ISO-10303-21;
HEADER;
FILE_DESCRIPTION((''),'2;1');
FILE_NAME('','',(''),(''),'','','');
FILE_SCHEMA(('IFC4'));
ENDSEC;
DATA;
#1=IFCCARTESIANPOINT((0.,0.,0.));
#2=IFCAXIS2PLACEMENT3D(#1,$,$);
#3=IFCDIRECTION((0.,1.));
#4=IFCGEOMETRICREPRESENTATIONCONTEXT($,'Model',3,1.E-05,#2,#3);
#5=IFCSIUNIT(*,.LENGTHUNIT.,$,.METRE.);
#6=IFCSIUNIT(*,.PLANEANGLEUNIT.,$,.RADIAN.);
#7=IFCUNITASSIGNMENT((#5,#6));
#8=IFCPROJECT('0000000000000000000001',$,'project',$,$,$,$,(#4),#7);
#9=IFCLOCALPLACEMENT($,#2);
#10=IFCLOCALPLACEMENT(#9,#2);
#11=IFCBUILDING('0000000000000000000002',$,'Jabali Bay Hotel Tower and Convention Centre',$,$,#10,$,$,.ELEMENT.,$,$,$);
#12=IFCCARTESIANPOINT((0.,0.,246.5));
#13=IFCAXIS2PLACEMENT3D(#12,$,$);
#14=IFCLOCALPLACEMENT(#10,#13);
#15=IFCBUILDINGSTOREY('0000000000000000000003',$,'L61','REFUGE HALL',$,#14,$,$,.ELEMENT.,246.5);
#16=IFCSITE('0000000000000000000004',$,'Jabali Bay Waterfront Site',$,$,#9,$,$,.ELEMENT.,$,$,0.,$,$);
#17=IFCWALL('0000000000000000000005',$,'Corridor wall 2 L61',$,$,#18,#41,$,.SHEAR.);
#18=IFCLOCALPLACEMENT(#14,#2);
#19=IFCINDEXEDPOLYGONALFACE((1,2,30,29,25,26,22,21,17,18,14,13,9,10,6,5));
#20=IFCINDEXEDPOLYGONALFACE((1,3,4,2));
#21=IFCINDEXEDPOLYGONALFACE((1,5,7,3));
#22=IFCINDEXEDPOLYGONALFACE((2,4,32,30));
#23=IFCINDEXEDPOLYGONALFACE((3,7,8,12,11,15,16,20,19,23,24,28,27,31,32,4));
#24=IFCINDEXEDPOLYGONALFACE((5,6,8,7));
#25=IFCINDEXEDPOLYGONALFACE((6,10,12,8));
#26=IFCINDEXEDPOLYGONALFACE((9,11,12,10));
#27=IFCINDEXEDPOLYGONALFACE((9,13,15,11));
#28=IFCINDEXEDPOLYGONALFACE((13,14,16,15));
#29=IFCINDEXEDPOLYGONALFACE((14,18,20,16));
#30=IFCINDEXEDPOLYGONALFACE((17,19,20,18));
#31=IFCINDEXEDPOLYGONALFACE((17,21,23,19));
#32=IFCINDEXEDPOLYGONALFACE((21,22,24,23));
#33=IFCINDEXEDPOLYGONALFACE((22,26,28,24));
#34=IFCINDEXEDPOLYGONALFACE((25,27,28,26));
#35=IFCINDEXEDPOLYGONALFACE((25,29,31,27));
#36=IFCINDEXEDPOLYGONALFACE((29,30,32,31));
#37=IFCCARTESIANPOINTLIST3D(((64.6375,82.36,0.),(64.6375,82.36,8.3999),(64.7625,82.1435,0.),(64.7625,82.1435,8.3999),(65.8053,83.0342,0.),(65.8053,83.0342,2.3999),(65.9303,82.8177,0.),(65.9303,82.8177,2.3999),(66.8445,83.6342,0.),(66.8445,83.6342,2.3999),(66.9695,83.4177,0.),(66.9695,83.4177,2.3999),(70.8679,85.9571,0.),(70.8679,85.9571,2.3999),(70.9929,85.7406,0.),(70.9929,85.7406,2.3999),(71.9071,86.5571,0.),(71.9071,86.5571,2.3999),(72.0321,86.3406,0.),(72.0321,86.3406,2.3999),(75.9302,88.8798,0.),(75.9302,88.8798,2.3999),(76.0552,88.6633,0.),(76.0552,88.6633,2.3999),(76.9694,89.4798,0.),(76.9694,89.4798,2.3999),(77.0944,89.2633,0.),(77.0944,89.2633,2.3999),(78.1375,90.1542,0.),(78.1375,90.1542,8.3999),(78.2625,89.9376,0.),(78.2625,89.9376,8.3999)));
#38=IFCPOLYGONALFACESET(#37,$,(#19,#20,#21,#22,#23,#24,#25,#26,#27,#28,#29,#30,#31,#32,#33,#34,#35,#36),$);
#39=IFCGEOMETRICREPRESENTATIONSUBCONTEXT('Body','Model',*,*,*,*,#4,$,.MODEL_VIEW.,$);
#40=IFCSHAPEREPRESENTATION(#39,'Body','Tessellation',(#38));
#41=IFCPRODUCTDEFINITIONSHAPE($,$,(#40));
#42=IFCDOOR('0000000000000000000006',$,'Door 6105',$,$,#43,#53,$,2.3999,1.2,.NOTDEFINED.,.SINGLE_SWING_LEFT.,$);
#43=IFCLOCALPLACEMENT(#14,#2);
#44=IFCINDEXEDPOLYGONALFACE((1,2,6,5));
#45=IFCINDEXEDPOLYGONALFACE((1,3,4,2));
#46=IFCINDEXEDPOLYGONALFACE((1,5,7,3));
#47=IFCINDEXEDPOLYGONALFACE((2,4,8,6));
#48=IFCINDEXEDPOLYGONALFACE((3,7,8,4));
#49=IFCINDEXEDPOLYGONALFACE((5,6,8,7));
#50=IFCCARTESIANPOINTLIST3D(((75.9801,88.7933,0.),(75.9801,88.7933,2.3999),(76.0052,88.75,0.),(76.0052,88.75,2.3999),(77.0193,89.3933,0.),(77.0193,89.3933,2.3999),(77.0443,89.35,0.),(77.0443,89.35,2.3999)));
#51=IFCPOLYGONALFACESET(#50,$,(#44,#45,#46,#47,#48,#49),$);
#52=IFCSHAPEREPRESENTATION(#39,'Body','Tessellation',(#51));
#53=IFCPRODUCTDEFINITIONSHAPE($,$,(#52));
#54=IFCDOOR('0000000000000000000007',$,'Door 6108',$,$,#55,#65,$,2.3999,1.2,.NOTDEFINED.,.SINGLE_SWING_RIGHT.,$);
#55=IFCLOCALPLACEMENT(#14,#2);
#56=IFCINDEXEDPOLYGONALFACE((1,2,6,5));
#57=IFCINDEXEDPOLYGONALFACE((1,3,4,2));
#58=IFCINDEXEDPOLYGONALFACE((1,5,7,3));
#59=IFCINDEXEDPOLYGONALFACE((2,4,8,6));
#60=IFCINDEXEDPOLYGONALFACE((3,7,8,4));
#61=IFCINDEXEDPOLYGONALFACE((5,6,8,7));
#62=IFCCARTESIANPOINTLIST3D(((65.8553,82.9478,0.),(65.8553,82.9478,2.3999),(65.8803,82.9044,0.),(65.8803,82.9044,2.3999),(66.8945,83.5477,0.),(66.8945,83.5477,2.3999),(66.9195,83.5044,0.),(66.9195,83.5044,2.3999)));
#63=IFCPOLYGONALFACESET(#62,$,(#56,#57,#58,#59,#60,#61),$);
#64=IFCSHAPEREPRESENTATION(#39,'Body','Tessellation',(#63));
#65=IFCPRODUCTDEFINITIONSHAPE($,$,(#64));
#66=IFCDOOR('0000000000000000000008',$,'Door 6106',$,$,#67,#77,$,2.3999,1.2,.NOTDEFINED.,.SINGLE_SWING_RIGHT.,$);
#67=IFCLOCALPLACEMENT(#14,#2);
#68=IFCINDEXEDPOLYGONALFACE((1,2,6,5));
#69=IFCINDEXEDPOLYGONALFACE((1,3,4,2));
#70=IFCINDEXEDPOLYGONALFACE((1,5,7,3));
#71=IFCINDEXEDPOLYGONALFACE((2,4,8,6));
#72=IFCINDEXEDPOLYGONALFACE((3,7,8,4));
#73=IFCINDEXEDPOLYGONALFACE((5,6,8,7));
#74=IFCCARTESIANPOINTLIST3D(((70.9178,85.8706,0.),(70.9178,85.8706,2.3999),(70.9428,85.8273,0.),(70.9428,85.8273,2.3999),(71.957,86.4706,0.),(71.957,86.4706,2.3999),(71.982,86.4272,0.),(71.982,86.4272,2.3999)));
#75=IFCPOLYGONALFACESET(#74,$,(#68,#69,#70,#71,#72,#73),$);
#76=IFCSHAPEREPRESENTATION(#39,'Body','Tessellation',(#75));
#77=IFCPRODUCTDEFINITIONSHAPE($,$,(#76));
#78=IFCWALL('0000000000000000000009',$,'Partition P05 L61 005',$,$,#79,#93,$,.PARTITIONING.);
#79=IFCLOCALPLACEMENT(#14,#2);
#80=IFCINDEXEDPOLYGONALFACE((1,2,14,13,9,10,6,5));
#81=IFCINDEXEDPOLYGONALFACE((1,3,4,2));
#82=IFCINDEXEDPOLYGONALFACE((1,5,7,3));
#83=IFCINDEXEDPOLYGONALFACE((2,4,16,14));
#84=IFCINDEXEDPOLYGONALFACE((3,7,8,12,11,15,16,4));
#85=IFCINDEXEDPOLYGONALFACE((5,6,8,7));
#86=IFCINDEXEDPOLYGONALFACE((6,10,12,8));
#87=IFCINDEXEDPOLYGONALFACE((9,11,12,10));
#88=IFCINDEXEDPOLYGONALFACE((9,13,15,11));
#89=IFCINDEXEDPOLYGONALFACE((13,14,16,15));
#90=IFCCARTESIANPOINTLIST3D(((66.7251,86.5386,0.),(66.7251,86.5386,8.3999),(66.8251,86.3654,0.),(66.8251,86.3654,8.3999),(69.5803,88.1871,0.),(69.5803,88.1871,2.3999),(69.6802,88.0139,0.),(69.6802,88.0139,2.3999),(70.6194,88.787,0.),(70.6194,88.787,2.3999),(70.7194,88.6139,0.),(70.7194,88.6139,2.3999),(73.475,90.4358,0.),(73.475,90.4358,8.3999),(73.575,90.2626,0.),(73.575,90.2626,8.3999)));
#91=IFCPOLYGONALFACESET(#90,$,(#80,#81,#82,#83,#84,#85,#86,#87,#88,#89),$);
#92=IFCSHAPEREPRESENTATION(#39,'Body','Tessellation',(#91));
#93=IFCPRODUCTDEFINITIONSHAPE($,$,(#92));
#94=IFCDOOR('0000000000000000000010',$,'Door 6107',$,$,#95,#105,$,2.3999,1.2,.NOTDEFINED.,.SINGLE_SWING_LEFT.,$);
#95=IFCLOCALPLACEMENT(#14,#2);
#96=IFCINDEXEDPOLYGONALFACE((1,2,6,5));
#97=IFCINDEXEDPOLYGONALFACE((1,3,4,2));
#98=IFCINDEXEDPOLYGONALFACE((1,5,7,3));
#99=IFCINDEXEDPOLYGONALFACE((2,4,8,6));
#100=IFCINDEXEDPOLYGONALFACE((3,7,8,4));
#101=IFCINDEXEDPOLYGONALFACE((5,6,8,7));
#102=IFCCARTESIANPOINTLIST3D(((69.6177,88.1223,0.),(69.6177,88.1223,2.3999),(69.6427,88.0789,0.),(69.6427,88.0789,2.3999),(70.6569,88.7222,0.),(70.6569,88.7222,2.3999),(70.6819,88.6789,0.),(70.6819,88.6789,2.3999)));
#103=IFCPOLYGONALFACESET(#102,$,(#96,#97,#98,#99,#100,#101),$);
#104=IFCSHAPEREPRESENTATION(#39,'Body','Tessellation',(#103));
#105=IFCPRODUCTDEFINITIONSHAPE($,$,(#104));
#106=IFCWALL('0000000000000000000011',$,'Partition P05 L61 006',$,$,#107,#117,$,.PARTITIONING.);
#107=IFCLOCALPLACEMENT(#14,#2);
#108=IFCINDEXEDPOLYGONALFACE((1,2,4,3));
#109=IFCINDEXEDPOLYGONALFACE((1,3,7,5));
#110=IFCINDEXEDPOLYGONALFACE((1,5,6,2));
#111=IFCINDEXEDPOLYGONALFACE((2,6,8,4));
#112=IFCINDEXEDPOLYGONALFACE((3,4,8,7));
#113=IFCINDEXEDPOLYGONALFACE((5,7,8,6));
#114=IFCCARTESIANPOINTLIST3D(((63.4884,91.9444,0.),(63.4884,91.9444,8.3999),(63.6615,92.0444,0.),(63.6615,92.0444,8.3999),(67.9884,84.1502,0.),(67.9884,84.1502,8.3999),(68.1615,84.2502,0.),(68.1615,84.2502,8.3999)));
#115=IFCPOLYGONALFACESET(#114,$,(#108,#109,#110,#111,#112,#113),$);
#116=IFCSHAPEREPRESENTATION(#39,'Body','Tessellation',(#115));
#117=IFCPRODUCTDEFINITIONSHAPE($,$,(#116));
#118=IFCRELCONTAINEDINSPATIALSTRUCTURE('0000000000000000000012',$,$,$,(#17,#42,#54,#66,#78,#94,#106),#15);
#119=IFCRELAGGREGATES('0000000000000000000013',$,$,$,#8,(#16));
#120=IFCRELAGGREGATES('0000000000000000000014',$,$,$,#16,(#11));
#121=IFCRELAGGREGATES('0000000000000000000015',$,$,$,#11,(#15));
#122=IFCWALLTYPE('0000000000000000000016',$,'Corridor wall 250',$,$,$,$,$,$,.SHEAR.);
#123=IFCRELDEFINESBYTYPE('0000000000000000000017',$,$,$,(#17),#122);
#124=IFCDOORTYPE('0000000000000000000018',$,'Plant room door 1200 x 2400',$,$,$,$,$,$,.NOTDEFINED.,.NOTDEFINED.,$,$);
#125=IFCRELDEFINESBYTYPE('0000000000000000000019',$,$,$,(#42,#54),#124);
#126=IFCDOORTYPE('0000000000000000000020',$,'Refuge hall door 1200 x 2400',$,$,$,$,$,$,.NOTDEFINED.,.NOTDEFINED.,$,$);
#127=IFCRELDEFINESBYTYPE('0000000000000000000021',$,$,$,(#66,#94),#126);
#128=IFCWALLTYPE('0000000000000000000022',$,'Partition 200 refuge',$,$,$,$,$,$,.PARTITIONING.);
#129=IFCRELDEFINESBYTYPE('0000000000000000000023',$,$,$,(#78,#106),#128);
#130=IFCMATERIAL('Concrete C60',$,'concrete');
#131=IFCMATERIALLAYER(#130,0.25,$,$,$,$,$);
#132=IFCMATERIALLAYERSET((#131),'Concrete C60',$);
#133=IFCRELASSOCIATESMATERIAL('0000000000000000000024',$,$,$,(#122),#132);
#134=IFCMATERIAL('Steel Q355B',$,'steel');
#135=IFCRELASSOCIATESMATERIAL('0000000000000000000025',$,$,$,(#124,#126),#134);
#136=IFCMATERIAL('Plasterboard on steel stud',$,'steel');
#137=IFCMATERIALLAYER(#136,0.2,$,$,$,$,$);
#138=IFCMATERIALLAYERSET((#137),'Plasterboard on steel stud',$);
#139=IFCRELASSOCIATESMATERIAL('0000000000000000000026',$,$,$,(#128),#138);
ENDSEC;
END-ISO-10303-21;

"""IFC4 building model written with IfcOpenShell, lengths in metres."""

from ifc_helpers import new_model, si_unit, direction, frame, frame_2d, origin, place, context, subcontext, project, spatial, rectangle, extrude, material, layer, layer_set, type_object, element, fill, save


model = new_model("IFC4")

# Units and contexts
model_context = context("Model", 3, precision=1e-05, world=origin(), true_north=direction((0.0, 1.0)))
body_context = subcontext(model_context, "Body", "Model", "MODEL_VIEW")
ifc_project = project(units=[si_unit("LENGTHUNIT", "METRE"), si_unit("PLANEANGLEUNIT", "RADIAN")], contexts=[model_context])

# Site, building, storey
site_placement = place(None, origin())
site = spatial("IfcSite", under=ifc_project, at=site_placement, Name="Jabali Bay Waterfront Site", CompositionType="ELEMENT", RefElevation=0.0)
building_placement = place(site_placement, origin())
building = spatial("IfcBuilding", under=site, at=building_placement, Name="Jabali Bay Hotel Tower and Convention Centre", CompositionType="ELEMENT")
storey_placement = place(building_placement, frame((0.0, 0.0, 246.5)))
storey = spatial("IfcBuildingStorey", under=building, at=storey_placement, Name="L61", Description="REFUGE HALL", CompositionType="ELEMENT", Elevation=246.5)

# Shared definitions
ifc_material_1 = material(Name="Concrete C60", Category="concrete")

# Wall, openings, doors
ifc_layer_1 = layer(ifc_material_1, 0.25)
ifc_layer_set_1 = layer_set([ifc_layer_1], Name="Concrete C60")
wall_type_1 = type_object("IfcWallType", Name="Corridor wall 250", PredefinedType="SHEAR", material=ifc_layer_set_1)
wall_1_placement = place(storey_placement, frame((78.2, 90.0459, 0.0), z_axis=(0.0, 0.0, 1.0), x_axis=(-0.866026, -0.499998, 0.0)))
wall_1 = element("IfcWall", 1, at=wall_1_placement, inside=storey, type_object=wall_type_1, Name="Corridor wall 2 L61", PredefinedType="SHEAR", context=body_context, shape_type="SweptSolid", body=[
    extrude(rectangle(XDim=15.5884, YDim=0.25, at=frame_2d((7.7942, 0.0))), origin(), (0.0, 0.0, 1.0), 8.3999),
])
opening_1_placement = place(wall_1_placement, frame((1.3486, 0.0, 0.0)))
opening_1 = element("IfcOpeningElement", 2, at=opening_1_placement, cuts=wall_1, PredefinedType="OPENING", context=body_context, shape_type="SweptSolid", body=[
    extrude(rectangle(XDim=1.2, YDim=2.3999, at=frame_2d((0.6001, 1.2))), frame((0.0, 0.1355, 0.0), z_axis=(0.0, -1.0, 0.0), x_axis=(1.0, 0.0, 0.0)), (0.0, 0.0, 1.0), 0.271),
])
opening_2_placement = place(wall_1_placement, frame((7.1941, 0.0, 0.0)))
opening_2 = element("IfcOpeningElement", 3, at=opening_2_placement, cuts=wall_1, PredefinedType="OPENING", context=body_context, shape_type="SweptSolid", body=[
    extrude(rectangle(XDim=1.2, YDim=2.3999, at=frame_2d((0.6001, 1.2))), frame((0.0, 0.1355, 0.0), z_axis=(0.0, -1.0, 0.0), x_axis=(1.0, 0.0, 0.0)), (0.0, 0.0, 1.0), 0.271),
])
opening_3_placement = place(wall_1_placement, frame((13.0398, 0.0, 0.0)))
opening_3 = element("IfcOpeningElement", 4, at=opening_3_placement, cuts=wall_1, PredefinedType="OPENING", context=body_context, shape_type="SweptSolid", body=[
    extrude(rectangle(XDim=1.2, YDim=2.3999, at=frame_2d((0.6001, 1.2))), frame((0.0, 0.1355, 0.0), z_axis=(0.0, -1.0, 0.0), x_axis=(1.0, 0.0, 0.0)), (0.0, 0.0, 1.0), 0.271),
])
ifc_material_2 = material(Name="Steel Q355B", Category="steel")
door_type_1 = type_object("IfcDoorType", Name="Plant room door 1200 x 2400", OperationType="NOTDEFINED", PredefinedType="NOTDEFINED", material=ifc_material_2)
door_1_placement = place(opening_1_placement, origin())
door_1 = element("IfcDoor", 5, at=door_1_placement, inside=storey, type_object=door_type_1, Name="Door 6105", OperationType="SINGLE_SWING_LEFT", OverallHeight=2.3999, OverallWidth=1.2, PredefinedType="NOTDEFINED", context=body_context, shape_type="SweptSolid", body=[
    extrude(rectangle(XDim=1.2, YDim=2.3999, at=frame_2d((0.6001, 1.2))), frame((0.0, 0.0249, 0.0), z_axis=(0.0, -1.0, 0.0), x_axis=(1.0, 0.0, 0.0)), (0.0, 0.0, 1.0), 0.05),
])
fill(opening_1, door_1)
door_2_placement = place(opening_3_placement, origin())
door_2 = element("IfcDoor", 6, at=door_2_placement, inside=storey, type_object=door_type_1, Name="Door 6108", OperationType="SINGLE_SWING_RIGHT", OverallHeight=2.3999, OverallWidth=1.2, PredefinedType="NOTDEFINED", context=body_context, shape_type="SweptSolid", body=[
    extrude(rectangle(XDim=1.2, YDim=2.3999, at=frame_2d((0.6001, 1.2))), frame((0.0, 0.0249, 0.0), z_axis=(0.0, -1.0, 0.0), x_axis=(1.0, 0.0, 0.0)), (0.0, 0.0, 1.0), 0.05),
])
fill(opening_3, door_2)
door_type_2 = type_object("IfcDoorType", Name="Refuge hall door 1200 x 2400", OperationType="NOTDEFINED", PredefinedType="NOTDEFINED", material=ifc_material_2)
door_3_placement = place(opening_2_placement, origin())
door_3 = element("IfcDoor", 7, at=door_3_placement, inside=storey, type_object=door_type_2, Name="Door 6106", OperationType="SINGLE_SWING_RIGHT", OverallHeight=2.3999, OverallWidth=1.2, PredefinedType="NOTDEFINED", context=body_context, shape_type="SweptSolid", body=[
    extrude(rectangle(XDim=1.2, YDim=2.3999, at=frame_2d((0.6001, 1.2))), frame((0.0, 0.0249, 0.0), z_axis=(0.0, -1.0, 0.0), x_axis=(1.0, 0.0, 0.0)), (0.0, 0.0, 1.0), 0.05),
])
fill(opening_2, door_3)

# Wall, opening, door
ifc_material_3 = material(Name="Plasterboard on steel stud", Category="steel")
ifc_layer_2 = layer(ifc_material_3, 0.2)
ifc_layer_set_2 = layer_set([ifc_layer_2], Name="Plasterboard on steel stud")
wall_type_2 = type_object("IfcWallType", Name="Partition 200 refuge", PredefinedType="PARTITIONING", material=ifc_layer_set_2)
wall_2_placement = place(storey_placement, frame((73.5249, 90.3491, 0.0), z_axis=(0.0, 0.0, 1.0), x_axis=(-0.86602, -0.50001, 0.0)))
wall_2 = element("IfcWall", 8, at=wall_2_placement, inside=storey, type_object=wall_type_2, Name="Partition P05 L61 005", PredefinedType="PARTITIONING", context=body_context, shape_type="SweptSolid", body=[
    extrude(rectangle(XDim=7.7942, YDim=0.2, at=frame_2d((3.897, 0.0))), origin(), (0.0, 0.0, 1.0), 8.3999),
])
opening_4_placement = place(wall_2_placement, frame((3.2971, 0.0, 0.0)))
opening_4 = element("IfcOpeningElement", 9, at=opening_4_placement, cuts=wall_2, PredefinedType="OPENING", context=body_context, shape_type="SweptSolid", body=[
    extrude(rectangle(XDim=1.2, YDim=2.3999, at=frame_2d((0.6001, 1.2))), frame((0.0, 0.1104, 0.0), z_axis=(0.0, -1.0, 0.0), x_axis=(1.0, 0.0, 0.0)), (0.0, 0.0, 1.0), 0.2209),
])
door_4_placement = place(opening_4_placement, origin())
door_4 = element("IfcDoor", 10, at=door_4_placement, inside=storey, type_object=door_type_2, Name="Door 6107", OperationType="SINGLE_SWING_LEFT", OverallHeight=2.3999, OverallWidth=1.2, PredefinedType="NOTDEFINED", context=body_context, shape_type="SweptSolid", body=[
    extrude(rectangle(XDim=1.2, YDim=2.3999, at=frame_2d((0.6001, 1.2))), frame((0.0, 0.0249, 0.0), z_axis=(0.0, -1.0, 0.0), x_axis=(1.0, 0.0, 0.0)), (0.0, 0.0, 1.0), 0.05),
])
fill(opening_4, door_4)

# Wall
wall_3_placement = place(storey_placement, frame((63.575, 91.9944, 0.0), z_axis=(0.0, 0.0, 1.0), x_axis=(0.500002, -0.866024, 0.0)))
element("IfcWall", 11, at=wall_3_placement, inside=storey, type_object=wall_type_2, Name="Partition P05 L61 006", PredefinedType="PARTITIONING", context=body_context, shape_type="SweptSolid", body=[
    extrude(rectangle(XDim=9.0, YDim=0.2, at=frame_2d((4.5, 0.0))), origin(), (0.0, 0.0, 1.0), 8.3999),
])

save(model, "model.ifc")
